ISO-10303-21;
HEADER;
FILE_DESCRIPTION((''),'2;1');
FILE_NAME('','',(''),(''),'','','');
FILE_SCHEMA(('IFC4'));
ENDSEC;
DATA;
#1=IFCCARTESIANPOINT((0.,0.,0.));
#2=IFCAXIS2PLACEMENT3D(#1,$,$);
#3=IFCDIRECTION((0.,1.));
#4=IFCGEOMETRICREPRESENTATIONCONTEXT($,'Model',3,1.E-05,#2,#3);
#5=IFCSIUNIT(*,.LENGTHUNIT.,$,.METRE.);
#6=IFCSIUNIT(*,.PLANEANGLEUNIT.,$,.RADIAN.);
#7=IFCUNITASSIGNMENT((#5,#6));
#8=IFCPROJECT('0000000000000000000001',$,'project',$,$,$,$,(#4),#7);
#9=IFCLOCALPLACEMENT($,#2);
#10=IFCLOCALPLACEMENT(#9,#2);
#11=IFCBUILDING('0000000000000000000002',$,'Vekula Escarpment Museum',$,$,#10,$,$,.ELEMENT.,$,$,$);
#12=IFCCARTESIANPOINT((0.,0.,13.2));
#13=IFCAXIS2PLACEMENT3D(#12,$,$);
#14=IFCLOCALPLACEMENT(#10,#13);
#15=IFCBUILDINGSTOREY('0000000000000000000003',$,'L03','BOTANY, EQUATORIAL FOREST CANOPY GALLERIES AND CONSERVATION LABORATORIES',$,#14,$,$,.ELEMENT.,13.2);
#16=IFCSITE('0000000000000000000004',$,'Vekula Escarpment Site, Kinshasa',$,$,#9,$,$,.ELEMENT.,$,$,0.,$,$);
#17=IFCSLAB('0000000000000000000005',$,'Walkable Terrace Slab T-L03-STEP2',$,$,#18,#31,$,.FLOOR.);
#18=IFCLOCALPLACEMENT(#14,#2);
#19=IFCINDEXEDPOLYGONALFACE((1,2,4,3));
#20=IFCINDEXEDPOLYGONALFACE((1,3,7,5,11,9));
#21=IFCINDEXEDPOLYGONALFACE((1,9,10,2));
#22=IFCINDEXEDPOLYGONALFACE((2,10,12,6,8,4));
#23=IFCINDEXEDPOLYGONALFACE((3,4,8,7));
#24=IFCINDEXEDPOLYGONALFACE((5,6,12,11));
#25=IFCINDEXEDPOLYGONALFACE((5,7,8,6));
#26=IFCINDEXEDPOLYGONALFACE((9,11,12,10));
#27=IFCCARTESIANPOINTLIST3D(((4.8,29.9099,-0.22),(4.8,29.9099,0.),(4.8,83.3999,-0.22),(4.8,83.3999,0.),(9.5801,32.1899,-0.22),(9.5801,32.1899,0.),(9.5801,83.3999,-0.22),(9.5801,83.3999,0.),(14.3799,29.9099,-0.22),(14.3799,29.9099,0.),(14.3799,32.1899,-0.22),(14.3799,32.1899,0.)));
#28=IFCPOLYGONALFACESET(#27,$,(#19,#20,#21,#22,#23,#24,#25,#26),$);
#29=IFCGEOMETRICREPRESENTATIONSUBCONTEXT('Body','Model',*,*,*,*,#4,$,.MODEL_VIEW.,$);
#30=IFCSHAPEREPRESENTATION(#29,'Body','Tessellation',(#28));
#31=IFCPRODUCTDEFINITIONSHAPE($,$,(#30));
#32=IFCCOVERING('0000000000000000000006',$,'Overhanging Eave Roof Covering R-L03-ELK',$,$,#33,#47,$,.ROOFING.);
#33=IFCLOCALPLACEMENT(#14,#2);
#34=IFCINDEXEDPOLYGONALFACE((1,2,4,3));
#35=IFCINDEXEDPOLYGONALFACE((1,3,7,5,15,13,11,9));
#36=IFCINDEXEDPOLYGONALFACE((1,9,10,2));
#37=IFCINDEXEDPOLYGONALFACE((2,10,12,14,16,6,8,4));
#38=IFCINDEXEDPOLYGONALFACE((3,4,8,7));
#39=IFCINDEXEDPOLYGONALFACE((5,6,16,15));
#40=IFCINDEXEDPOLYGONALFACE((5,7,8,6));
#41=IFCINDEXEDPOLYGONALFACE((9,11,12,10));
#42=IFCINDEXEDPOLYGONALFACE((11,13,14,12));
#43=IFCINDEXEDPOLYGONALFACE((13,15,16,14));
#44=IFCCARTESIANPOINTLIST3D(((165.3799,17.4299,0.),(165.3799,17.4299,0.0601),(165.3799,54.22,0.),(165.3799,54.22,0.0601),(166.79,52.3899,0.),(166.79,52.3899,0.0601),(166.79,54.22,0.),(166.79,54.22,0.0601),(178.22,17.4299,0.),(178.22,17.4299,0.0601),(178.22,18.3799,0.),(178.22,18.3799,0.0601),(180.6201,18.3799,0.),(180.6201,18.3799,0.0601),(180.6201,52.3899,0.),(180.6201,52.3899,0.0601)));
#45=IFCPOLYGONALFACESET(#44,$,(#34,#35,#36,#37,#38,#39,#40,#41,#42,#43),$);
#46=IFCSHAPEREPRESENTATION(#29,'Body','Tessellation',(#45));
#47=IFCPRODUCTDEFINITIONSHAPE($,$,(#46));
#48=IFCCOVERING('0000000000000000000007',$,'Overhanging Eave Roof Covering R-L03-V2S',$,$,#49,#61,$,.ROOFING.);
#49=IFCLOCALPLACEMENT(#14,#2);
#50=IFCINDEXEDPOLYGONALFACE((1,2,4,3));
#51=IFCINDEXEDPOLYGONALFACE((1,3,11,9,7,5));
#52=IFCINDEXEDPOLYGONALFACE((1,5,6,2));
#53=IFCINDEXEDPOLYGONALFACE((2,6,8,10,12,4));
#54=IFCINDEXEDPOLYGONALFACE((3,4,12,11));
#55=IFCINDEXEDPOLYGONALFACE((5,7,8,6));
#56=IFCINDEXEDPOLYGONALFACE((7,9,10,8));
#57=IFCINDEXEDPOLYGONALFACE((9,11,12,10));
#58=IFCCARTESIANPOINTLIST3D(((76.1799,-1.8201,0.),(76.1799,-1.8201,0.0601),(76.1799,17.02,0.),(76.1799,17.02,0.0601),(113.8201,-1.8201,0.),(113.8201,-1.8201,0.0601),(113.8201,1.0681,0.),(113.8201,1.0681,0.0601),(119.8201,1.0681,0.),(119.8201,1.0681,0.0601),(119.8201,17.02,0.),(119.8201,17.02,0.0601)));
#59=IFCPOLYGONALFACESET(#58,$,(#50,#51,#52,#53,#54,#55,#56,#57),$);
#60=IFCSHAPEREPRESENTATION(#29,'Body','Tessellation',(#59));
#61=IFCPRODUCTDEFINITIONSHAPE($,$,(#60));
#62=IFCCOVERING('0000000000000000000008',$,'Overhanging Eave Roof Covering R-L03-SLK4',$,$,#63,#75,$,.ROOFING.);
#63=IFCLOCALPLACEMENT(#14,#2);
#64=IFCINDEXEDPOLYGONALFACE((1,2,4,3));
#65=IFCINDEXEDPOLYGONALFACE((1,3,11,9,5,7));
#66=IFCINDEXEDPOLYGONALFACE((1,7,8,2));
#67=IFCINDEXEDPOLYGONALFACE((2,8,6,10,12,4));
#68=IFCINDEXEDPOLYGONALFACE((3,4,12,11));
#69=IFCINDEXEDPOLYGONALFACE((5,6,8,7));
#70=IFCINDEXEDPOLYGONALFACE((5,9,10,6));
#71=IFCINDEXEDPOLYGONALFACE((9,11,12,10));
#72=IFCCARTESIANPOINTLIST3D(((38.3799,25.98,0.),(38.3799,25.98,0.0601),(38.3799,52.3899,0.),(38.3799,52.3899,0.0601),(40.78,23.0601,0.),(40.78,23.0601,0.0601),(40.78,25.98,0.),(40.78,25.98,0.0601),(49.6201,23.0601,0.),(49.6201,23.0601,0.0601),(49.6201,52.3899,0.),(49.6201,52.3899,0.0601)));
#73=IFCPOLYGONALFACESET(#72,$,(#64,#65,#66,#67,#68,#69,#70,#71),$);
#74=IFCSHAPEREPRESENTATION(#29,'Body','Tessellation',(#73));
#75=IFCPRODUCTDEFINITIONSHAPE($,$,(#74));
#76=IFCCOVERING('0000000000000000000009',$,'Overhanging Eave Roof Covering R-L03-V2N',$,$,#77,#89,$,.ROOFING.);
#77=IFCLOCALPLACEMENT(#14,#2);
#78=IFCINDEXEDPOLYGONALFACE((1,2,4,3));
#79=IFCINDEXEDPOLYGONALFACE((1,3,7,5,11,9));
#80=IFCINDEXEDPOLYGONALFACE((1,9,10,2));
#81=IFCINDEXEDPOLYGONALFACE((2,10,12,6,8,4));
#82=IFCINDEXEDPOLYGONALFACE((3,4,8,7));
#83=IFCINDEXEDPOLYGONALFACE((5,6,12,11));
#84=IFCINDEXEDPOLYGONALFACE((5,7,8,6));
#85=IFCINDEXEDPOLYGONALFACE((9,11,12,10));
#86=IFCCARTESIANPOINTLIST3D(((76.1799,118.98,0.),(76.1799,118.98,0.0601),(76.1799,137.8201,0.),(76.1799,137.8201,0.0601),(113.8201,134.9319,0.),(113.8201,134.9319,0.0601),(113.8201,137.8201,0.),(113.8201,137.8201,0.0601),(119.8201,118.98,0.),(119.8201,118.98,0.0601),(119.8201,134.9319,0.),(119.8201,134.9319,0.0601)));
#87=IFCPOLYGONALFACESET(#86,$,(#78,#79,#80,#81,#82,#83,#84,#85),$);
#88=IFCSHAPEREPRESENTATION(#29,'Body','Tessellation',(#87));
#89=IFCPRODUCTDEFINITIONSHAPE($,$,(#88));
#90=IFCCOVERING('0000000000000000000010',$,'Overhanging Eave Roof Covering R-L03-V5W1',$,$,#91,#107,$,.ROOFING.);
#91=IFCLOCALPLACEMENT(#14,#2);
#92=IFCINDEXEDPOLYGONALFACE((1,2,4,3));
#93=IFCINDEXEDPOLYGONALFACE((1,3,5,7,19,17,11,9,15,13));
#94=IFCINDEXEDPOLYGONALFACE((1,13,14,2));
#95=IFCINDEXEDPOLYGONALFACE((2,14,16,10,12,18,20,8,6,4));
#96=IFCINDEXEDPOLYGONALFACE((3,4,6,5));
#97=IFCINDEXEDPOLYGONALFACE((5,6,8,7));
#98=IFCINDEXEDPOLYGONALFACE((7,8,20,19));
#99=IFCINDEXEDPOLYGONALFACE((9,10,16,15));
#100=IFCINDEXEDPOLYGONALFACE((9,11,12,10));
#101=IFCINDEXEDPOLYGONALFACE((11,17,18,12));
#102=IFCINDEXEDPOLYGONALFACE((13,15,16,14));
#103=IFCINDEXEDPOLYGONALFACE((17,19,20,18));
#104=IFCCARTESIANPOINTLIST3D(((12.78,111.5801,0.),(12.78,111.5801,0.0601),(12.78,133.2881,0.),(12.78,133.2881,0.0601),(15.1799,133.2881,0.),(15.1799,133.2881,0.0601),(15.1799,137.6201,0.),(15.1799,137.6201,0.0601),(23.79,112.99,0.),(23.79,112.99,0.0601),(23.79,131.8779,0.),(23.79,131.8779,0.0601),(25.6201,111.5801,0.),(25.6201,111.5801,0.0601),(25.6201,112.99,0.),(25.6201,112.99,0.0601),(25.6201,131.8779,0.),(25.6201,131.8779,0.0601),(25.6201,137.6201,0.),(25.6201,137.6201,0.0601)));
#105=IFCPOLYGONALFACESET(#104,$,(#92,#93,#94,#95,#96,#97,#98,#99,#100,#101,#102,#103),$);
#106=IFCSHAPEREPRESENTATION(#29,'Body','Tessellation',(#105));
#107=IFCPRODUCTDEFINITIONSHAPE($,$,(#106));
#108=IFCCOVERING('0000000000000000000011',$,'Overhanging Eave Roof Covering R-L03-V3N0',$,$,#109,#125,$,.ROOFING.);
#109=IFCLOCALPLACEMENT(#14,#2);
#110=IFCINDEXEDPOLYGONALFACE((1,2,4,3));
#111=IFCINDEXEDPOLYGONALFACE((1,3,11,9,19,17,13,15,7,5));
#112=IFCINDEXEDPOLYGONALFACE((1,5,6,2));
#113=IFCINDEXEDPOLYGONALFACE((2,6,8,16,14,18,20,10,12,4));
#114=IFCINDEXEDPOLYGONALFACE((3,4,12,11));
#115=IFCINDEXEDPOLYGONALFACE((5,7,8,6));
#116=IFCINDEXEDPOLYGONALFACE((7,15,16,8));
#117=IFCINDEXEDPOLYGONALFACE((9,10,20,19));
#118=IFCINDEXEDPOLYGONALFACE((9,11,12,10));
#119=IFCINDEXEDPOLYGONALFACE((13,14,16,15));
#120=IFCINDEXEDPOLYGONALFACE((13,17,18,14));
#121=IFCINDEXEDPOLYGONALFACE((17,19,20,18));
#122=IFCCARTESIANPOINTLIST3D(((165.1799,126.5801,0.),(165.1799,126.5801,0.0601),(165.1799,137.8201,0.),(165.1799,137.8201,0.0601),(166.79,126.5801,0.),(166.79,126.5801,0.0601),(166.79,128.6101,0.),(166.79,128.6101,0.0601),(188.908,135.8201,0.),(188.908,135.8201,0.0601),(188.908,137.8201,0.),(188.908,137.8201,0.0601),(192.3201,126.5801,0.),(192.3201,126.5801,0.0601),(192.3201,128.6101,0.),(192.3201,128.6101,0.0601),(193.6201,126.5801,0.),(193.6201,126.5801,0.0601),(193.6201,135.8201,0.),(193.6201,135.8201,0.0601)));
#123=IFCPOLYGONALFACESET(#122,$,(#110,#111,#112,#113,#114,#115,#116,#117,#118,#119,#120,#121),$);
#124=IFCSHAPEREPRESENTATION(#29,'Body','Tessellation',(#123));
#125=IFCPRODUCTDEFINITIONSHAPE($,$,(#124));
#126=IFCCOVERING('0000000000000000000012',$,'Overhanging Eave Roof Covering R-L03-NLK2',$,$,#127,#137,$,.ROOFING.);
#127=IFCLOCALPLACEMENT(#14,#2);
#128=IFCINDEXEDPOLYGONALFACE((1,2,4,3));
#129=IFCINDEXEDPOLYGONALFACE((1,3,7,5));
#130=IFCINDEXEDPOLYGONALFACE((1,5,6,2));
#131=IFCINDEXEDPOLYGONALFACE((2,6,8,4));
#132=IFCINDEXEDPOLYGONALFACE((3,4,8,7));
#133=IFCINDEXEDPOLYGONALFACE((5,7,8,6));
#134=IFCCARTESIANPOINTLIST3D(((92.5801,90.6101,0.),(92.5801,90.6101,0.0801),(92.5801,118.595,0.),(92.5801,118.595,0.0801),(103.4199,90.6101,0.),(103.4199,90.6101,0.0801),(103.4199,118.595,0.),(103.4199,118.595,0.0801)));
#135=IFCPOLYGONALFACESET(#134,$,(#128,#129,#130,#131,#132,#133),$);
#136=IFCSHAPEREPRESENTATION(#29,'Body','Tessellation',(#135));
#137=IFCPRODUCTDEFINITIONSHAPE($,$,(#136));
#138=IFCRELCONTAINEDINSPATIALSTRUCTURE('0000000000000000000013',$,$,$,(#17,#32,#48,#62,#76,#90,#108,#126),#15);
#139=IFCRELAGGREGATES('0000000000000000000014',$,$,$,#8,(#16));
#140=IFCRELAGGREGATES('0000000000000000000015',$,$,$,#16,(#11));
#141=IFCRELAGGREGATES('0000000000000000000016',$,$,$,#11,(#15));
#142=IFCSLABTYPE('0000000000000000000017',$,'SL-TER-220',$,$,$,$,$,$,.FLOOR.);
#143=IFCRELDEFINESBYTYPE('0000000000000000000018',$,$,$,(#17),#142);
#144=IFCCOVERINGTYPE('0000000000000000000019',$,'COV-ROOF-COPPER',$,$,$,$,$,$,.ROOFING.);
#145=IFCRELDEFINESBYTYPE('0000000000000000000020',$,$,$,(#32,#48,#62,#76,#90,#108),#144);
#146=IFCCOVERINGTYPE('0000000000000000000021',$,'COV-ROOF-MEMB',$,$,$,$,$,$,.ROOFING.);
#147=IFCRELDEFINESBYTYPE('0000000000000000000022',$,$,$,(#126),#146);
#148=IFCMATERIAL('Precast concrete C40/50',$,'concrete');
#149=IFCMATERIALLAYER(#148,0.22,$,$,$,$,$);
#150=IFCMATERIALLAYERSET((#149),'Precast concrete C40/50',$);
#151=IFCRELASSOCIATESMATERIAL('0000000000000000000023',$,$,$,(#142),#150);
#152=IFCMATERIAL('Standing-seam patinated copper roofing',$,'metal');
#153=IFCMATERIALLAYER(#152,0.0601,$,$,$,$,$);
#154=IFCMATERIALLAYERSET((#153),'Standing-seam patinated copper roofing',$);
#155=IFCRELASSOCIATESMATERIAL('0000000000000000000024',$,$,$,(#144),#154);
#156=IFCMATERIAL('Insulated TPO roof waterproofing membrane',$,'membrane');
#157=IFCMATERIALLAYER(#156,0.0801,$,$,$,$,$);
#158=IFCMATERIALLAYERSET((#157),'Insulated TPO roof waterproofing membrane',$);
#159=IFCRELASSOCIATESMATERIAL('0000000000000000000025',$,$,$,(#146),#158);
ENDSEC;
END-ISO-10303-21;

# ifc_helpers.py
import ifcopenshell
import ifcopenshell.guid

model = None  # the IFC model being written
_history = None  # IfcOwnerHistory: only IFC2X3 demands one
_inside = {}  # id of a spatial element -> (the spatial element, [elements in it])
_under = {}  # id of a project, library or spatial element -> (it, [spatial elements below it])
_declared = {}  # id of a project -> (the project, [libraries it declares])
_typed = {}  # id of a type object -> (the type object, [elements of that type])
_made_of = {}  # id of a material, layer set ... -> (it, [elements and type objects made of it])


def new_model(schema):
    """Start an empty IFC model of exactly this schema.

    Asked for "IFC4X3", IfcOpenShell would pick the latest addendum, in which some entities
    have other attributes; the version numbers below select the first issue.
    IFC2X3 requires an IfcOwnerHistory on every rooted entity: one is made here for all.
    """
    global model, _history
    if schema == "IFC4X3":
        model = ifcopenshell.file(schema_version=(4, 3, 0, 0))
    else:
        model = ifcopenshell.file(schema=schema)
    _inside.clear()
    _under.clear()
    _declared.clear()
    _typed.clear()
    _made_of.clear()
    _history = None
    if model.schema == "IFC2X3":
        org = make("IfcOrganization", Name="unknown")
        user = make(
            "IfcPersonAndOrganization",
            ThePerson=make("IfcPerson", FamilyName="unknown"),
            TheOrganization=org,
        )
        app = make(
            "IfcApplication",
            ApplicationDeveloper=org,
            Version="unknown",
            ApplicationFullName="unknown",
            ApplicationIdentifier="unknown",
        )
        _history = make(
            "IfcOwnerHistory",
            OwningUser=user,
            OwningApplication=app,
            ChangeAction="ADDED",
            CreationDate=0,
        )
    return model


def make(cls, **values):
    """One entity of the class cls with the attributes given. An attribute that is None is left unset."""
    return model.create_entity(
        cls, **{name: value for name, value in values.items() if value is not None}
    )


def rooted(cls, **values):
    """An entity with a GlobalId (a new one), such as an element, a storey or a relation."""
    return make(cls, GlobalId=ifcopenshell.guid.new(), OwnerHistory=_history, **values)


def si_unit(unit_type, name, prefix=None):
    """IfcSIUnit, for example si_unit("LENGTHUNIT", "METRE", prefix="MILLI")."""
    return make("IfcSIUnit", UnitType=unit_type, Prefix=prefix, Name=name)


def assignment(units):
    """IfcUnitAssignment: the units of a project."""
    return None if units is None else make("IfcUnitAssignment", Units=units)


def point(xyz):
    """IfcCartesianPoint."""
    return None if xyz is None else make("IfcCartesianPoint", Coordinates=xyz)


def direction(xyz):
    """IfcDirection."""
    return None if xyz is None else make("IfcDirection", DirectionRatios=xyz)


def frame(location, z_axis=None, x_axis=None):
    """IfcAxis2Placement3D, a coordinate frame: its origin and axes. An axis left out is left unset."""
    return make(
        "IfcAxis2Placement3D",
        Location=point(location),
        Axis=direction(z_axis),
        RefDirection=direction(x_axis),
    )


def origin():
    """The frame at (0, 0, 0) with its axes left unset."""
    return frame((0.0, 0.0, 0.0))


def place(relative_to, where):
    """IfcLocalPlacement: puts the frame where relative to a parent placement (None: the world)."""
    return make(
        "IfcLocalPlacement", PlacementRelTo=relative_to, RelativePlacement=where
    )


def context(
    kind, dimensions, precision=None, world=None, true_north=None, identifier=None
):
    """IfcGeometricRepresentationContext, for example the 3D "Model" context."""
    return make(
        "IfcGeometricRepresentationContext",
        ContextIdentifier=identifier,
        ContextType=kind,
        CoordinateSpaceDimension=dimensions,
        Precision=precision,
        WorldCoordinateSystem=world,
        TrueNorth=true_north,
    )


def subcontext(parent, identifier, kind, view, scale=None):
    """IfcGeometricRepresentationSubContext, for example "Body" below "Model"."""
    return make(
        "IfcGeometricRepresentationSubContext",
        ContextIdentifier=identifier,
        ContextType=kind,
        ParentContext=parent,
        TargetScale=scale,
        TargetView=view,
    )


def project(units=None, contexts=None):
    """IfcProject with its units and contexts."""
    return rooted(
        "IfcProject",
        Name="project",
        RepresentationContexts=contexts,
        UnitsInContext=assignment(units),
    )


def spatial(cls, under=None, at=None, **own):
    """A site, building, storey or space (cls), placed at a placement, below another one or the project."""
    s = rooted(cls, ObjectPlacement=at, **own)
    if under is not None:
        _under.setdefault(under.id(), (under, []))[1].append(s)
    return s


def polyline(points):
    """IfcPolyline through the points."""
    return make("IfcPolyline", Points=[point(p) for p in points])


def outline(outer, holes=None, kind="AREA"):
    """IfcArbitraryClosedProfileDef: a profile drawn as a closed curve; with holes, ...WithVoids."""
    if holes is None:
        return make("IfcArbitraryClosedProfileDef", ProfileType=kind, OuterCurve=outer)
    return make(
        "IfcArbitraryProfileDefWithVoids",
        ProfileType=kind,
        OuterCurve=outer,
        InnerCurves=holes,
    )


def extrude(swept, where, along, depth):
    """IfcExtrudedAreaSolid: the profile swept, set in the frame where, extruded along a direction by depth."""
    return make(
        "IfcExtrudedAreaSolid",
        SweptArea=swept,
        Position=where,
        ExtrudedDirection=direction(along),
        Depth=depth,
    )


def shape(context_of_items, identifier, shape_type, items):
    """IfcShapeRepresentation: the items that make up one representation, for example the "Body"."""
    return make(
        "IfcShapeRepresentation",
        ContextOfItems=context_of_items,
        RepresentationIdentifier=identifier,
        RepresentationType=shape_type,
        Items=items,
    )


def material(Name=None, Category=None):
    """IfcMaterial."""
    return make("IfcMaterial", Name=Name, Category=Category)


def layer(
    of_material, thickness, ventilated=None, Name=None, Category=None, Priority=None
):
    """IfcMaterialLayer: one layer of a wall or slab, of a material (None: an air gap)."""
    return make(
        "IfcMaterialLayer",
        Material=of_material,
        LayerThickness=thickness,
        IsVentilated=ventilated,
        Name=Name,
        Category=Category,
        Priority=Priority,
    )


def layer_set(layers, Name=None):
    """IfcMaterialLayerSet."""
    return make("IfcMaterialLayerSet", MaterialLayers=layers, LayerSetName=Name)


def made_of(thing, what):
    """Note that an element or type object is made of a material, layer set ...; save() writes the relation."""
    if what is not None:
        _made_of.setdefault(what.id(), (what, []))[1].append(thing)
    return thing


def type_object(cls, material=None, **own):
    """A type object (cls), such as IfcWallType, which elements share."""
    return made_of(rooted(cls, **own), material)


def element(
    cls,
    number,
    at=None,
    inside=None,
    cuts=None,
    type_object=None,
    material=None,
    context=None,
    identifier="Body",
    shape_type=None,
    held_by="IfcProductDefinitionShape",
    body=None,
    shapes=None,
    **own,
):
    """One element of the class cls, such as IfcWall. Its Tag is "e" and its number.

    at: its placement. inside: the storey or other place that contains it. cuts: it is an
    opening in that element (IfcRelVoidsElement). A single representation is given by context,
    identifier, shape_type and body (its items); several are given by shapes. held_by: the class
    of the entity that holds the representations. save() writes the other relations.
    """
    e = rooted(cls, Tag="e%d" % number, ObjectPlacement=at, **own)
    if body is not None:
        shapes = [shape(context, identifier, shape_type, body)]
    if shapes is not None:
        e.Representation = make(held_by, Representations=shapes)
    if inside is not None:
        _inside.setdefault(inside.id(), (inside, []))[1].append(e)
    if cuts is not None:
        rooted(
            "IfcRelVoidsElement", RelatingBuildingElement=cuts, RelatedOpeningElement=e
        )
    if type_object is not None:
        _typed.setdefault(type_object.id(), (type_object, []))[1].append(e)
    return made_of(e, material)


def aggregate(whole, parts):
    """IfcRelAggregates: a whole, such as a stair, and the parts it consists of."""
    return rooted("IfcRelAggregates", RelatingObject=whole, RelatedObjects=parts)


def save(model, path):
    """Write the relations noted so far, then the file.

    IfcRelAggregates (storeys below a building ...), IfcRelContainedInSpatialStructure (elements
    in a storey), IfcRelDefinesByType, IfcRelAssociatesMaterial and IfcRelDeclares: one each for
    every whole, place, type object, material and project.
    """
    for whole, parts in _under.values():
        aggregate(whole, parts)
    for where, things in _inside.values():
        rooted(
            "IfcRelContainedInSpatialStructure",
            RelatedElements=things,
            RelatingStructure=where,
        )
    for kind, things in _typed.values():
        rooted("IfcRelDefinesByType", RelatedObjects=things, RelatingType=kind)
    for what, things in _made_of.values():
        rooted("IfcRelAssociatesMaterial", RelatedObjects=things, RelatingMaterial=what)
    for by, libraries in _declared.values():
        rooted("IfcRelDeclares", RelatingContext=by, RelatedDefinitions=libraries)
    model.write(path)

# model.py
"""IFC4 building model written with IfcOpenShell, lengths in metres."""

from ifc_helpers import new_model, si_unit, direction, frame, origin, place, context, subcontext, project, spatial, polyline, outline, extrude, material, layer, layer_set, type_object, element, save


model = new_model("IFC4")

# Units and contexts
model_context = context("Model", 3, precision=1e-05, world=origin(), true_north=direction((0.0, 1.0)))
body_context = subcontext(model_context, "Body", "Model", "MODEL_VIEW")
ifc_project = project(units=[si_unit("LENGTHUNIT", "METRE"), si_unit("PLANEANGLEUNIT", "RADIAN")], contexts=[model_context])

# Site, building, storey
site_placement = place(None, origin())
site = spatial("IfcSite", under=ifc_project, at=site_placement, Name="Vekula Escarpment Site, Kinshasa", CompositionType="ELEMENT", RefElevation=0.0)
building_placement = place(site_placement, origin())
building = spatial("IfcBuilding", under=site, at=building_placement, Name="Vekula Escarpment Museum", CompositionType="ELEMENT")
storey_placement = place(building_placement, frame((0.0, 0.0, 13.2)))
storey = spatial("IfcBuildingStorey", under=building, at=storey_placement, Name="L03", Description="BOTANY, EQUATORIAL FOREST CANOPY GALLERIES AND CONSERVATION LABORATORIES", CompositionType="ELEMENT", Elevation=13.2)

# Slab
ifc_material_1 = material(Name="Precast concrete C40/50", Category="concrete")
ifc_layer_1 = layer(ifc_material_1, 0.22)
ifc_layer_set_1 = layer_set([ifc_layer_1], Name="Precast concrete C40/50")
slab_type_1 = type_object("IfcSlabType", Name="SL-TER-220", PredefinedType="FLOOR", material=ifc_layer_set_1)
slab_1_placement = place(storey_placement, frame((0.0, 0.0, -0.22)))
element("IfcSlab", 1, at=slab_1_placement, inside=storey, type_object=slab_type_1, Name="Walkable Terrace Slab T-L03-STEP2", PredefinedType="FLOOR", context=body_context, shape_type="SweptSolid", body=[
    extrude(outline(polyline([(4.8, 29.9099), (14.3799, 29.9099), (14.3799, 32.1899), (9.5801, 32.1899), (9.5801, 83.3999), (4.8, 83.3999), (4.8, 29.9099)])), origin(), (0.0, 0.0, 1.0), 0.22),
])

# Coverings
ifc_material_2 = material(Name="Standing-seam patinated copper roofing", Category="metal")
ifc_layer_2 = layer(ifc_material_2, 0.0601)
ifc_layer_set_2 = layer_set([ifc_layer_2], Name="Standing-seam patinated copper roofing")
covering_type_1 = type_object("IfcCoveringType", Name="COV-ROOF-COPPER", PredefinedType="ROOFING", material=ifc_layer_set_2)
covering_1_placement = place(storey_placement, origin())
element("IfcCovering", 2, at=covering_1_placement, inside=storey, type_object=covering_type_1, Name="Overhanging Eave Roof Covering R-L03-ELK", PredefinedType="ROOFING", context=body_context, shape_type="SweptSolid", body=[
    extrude(outline(polyline([(165.3799, 54.22), (166.79, 54.22), (166.79, 52.3899), (180.6201, 52.3899), (180.6201, 18.3799), (178.22, 18.3799), (178.22, 17.4299), (165.3799, 17.4299), (165.3799, 54.22)])), origin(), (0.0, 0.0, 1.0), 0.0601),
])
covering_2_placement = place(storey_placement, origin())
element("IfcCovering", 3, at=covering_2_placement, inside=storey, type_object=covering_type_1, Name="Overhanging Eave Roof Covering R-L03-V2S", PredefinedType="ROOFING", context=body_context, shape_type="SweptSolid", body=[
    extrude(outline(polyline([(76.1799, 17.02), (119.8201, 17.02), (119.8201, 1.0681), (113.8201, 1.0681), (113.8201, -1.8201), (76.1799, -1.8201), (76.1799, 17.02)])), origin(), (0.0, 0.0, 1.0), 0.0601),
])
covering_3_placement = place(storey_placement, origin())
element("IfcCovering", 4, at=covering_3_placement, inside=storey, type_object=covering_type_1, Name="Overhanging Eave Roof Covering R-L03-SLK4", PredefinedType="ROOFING", context=body_context, shape_type="SweptSolid", body=[
    extrude(outline(polyline([(40.78, 25.98), (38.3799, 25.98), (38.3799, 52.3899), (49.6201, 52.3899), (49.6201, 23.0601), (40.78, 23.0601), (40.78, 25.98)])), origin(), (0.0, 0.0, 1.0), 0.0601),
])
covering_4_placement = place(storey_placement, origin())
element("IfcCovering", 5, at=covering_4_placement, inside=storey, type_object=covering_type_1, Name="Overhanging Eave Roof Covering R-L03-V2N", PredefinedType="ROOFING", context=body_context, shape_type="SweptSolid", body=[
    extrude(outline(polyline([(76.1799, 137.8201), (113.8201, 137.8201), (113.8201, 134.9319), (119.8201, 134.9319), (119.8201, 118.98), (76.1799, 118.98), (76.1799, 137.8201)])), origin(), (0.0, 0.0, 1.0), 0.0601),
])
covering_5_placement = place(storey_placement, origin())
element("IfcCovering", 6, at=covering_5_placement, inside=storey, type_object=covering_type_1, Name="Overhanging Eave Roof Covering R-L03-V5W1", PredefinedType="ROOFING", context=body_context, shape_type="SweptSolid", body=[
    extrude(outline(polyline([(12.78, 133.2881), (15.1799, 133.2881), (15.1799, 137.6201), (25.6201, 137.6201), (25.6201, 131.8779), (23.79, 131.8779), (23.79, 112.99), (25.6201, 112.99), (25.6201, 111.5801), (12.78, 111.5801), (12.78, 133.2881)])), origin(), (0.0, 0.0, 1.0), 0.0601),
])
covering_6_placement = place(storey_placement, origin())
element("IfcCovering", 7, at=covering_6_placement, inside=storey, type_object=covering_type_1, Name="Overhanging Eave Roof Covering R-L03-V3N0", PredefinedType="ROOFING", context=body_context, shape_type="SweptSolid", body=[
    extrude(outline(polyline([(165.1799, 137.8201), (188.908, 137.8201), (188.908, 135.8201), (193.6201, 135.8201), (193.6201, 126.5801), (192.3201, 126.5801), (192.3201, 128.6101), (166.79, 128.6101), (166.79, 126.5801), (165.1799, 126.5801), (165.1799, 137.8201)])), origin(), (0.0, 0.0, 1.0), 0.0601),
])
ifc_material_3 = material(Name="Insulated TPO roof waterproofing membrane", Category="membrane")
ifc_layer_3 = layer(ifc_material_3, 0.0801)
ifc_layer_set_3 = layer_set([ifc_layer_3], Name="Insulated TPO roof waterproofing membrane")
covering_type_2 = type_object("IfcCoveringType", Name="COV-ROOF-MEMB", PredefinedType="ROOFING", material=ifc_layer_set_3)
covering_7_placement = place(storey_placement, origin())
element("IfcCovering", 8, at=covering_7_placement, inside=storey, type_object=covering_type_2, Name="Overhanging Eave Roof Covering R-L03-NLK2", PredefinedType="ROOFING", context=body_context, shape_type="SweptSolid", body=[
    extrude(outline(polyline([(92.5801, 118.595), (103.4199, 118.595), (103.4199, 90.6101), (92.5801, 90.6101), (92.5801, 118.595)])), origin(), (0.0, 0.0, 1.0), 0.0801),
])

save(model, "model.ifc")
